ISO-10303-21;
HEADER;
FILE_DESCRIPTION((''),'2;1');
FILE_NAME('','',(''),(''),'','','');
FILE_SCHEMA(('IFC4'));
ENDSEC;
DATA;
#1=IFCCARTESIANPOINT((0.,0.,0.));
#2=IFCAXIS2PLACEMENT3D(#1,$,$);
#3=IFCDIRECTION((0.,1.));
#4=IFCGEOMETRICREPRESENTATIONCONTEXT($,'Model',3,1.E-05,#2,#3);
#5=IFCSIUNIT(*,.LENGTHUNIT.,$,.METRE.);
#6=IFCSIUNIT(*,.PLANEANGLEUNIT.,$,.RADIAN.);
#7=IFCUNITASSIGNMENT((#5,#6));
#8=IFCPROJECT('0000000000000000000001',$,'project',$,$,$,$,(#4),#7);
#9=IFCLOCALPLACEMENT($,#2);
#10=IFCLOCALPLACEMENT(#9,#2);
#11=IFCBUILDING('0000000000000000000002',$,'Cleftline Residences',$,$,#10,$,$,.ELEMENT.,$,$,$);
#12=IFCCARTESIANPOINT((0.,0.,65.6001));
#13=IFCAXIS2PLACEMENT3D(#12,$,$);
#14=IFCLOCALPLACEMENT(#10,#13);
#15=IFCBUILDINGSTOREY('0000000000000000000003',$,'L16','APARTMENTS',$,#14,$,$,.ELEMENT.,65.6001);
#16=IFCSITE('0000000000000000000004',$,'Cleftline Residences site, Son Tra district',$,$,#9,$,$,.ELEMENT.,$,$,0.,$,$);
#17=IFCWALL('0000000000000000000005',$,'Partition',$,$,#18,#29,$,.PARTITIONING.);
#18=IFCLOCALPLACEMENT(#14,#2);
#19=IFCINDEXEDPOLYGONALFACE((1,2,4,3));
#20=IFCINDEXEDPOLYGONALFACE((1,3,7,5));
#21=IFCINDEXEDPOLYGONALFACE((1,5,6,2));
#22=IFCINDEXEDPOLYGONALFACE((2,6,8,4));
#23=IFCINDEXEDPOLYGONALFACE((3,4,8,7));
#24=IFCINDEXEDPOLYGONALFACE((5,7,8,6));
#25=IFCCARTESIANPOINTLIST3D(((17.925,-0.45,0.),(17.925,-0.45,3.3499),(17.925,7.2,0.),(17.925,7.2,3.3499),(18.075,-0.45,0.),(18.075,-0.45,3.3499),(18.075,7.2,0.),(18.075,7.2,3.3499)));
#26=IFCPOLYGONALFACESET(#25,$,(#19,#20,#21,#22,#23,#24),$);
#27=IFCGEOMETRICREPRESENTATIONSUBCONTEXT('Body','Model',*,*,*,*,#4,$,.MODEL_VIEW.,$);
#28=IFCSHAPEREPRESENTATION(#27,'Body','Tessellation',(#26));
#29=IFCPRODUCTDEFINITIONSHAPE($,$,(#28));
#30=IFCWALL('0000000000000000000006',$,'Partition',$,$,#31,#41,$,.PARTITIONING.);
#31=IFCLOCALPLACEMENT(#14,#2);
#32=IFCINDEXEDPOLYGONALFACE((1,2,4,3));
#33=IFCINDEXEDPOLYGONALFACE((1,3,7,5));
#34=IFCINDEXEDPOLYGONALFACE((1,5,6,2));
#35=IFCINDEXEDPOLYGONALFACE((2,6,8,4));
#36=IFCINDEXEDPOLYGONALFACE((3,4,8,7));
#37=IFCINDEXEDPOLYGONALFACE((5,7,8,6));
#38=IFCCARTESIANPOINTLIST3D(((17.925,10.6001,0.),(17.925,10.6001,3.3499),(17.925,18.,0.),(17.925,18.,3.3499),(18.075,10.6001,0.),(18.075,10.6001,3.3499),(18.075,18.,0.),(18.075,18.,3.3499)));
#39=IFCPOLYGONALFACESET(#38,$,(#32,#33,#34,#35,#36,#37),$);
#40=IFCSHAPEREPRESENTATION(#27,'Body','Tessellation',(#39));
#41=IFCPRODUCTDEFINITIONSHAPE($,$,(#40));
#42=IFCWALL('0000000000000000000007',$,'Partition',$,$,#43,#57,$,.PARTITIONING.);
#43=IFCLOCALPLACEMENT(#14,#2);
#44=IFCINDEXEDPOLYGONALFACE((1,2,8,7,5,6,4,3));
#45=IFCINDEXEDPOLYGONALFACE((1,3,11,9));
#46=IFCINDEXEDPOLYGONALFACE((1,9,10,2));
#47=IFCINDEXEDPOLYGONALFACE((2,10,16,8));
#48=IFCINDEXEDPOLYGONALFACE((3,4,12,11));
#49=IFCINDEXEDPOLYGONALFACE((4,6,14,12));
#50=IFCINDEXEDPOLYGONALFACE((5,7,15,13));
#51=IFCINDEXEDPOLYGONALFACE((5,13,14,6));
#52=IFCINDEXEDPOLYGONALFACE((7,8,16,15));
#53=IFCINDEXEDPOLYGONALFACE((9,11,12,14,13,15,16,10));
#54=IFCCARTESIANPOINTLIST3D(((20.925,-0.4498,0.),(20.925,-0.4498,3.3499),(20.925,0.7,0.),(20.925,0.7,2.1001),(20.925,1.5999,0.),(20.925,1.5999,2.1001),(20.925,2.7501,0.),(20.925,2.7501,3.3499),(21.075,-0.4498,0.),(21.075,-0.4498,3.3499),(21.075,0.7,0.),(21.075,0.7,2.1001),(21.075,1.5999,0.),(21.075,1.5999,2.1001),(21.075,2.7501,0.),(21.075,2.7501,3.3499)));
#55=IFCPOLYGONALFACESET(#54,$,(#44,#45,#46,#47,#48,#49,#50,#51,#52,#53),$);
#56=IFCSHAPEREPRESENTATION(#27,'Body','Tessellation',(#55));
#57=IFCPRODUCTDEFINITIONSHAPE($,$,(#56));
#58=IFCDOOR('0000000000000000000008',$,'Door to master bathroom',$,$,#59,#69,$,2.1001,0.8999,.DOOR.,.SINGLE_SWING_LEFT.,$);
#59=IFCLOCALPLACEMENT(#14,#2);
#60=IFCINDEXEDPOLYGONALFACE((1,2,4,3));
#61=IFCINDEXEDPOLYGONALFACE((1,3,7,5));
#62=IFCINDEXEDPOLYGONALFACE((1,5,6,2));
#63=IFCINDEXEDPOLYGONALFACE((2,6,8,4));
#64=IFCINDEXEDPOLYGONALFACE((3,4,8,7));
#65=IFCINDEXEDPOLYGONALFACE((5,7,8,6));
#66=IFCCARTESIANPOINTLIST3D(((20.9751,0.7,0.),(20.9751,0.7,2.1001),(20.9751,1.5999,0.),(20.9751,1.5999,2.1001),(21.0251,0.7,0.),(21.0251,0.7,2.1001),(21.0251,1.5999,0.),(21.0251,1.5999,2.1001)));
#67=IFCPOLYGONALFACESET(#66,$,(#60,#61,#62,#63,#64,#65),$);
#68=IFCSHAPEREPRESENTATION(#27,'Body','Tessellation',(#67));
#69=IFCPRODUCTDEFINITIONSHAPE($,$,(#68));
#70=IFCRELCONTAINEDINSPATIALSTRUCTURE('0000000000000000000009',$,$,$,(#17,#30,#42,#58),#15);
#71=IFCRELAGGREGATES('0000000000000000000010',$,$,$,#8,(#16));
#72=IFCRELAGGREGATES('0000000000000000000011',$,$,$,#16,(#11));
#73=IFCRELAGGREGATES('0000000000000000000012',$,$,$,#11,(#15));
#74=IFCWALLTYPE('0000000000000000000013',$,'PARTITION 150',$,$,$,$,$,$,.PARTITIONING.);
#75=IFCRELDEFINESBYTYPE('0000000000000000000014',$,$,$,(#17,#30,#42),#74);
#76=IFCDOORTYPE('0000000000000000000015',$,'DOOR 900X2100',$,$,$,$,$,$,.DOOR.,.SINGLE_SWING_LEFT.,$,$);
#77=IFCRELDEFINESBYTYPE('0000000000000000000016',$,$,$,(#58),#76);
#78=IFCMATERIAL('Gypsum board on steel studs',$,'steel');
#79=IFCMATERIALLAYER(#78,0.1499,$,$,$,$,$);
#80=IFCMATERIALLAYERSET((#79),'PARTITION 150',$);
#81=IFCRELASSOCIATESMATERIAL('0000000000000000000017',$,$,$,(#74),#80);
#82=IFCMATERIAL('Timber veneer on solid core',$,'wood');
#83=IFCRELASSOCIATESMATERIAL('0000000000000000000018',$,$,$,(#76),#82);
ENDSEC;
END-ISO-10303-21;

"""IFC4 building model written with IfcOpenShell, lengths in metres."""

from ifc_helpers import new_model, si_unit, direction, frame, frame_2d, origin, place, context, subcontext, project, spatial, rectangle, extrude, material, layer, layer_set, type_object, element, fill, save


model = new_model("IFC4")

# Units and contexts
model_context = context("Model", 3, precision=1e-05, world=origin(), true_north=direction((0.0, 1.0)))
body_context = subcontext(model_context, "Body", "Model", "MODEL_VIEW")
ifc_project = project(units=[si_unit("LENGTHUNIT", "METRE"), si_unit("PLANEANGLEUNIT", "RADIAN")], contexts=[model_context])

# Site, building, storey
site_placement = place(None, origin())
site = spatial("IfcSite", under=ifc_project, at=site_placement, Name="Cleftline Residences site, Son Tra district", CompositionType="ELEMENT", RefElevation=0.0)
building_placement = place(site_placement, origin())
building = spatial("IfcBuilding", under=site, at=building_placement, Name="Cleftline Residences", CompositionType="ELEMENT")
storey_placement = place(building_placement, frame((0.0, 0.0, 65.6001)))
storey = spatial("IfcBuildingStorey", under=building, at=storey_placement, Name="L16", Description="APARTMENTS", CompositionType="ELEMENT", Elevation=65.6001)

# Shared definitions
ifc_material_1 = material(Name="Gypsum board on steel studs", Category="steel")
ifc_layer_1 = layer(ifc_material_1, 0.1499)
ifc_layer_set_1 = layer_set([ifc_layer_1], Name="PARTITION 150")
wall_type = type_object("IfcWallType", Name="PARTITION 150", PredefinedType="PARTITIONING", material=ifc_layer_set_1)

# Walls
wall_1_placement = place(storey_placement, frame((18.0, -0.45, 0.0), z_axis=(0.0, 0.0, 1.0), x_axis=(0.0, 1.0, 0.0)))
element("IfcWall", 1, at=wall_1_placement, inside=storey, type_object=wall_type, Name="Partition", PredefinedType="PARTITIONING", context=body_context, shape_type="SweptSolid", body=[
    extrude(rectangle(XDim=7.6499, YDim=0.1499, at=frame_2d((3.825, 0.0))), origin(), (0.0, 0.0, 1.0), 3.3499),
])
wall_2_placement = place(storey_placement, frame((18.0, 10.6001, 0.0), z_axis=(0.0, 0.0, 1.0), x_axis=(0.0, 1.0, 0.0)))
element("IfcWall", 2, at=wall_2_placement, inside=storey, type_object=wall_type, Name="Partition", PredefinedType="PARTITIONING", context=body_context, shape_type="SweptSolid", body=[
    extrude(rectangle(XDim=7.3999, YDim=0.1499, at=frame_2d((3.7, 0.0))), origin(), (0.0, 0.0, 1.0), 3.3499),
])

# Wall, opening, door
wall_3_placement = place(storey_placement, frame((21.0, -0.45, 0.0), z_axis=(0.0, 0.0, 1.0), x_axis=(0.0, 1.0, 0.0)))
wall_3 = element("IfcWall", 3, at=wall_3_placement, inside=storey, type_object=wall_type, Name="Partition", PredefinedType="PARTITIONING", context=body_context, shape_type="SweptSolid", body=[
    extrude(rectangle(XDim=3.2, YDim=0.1499, at=frame_2d((1.6001, 0.0))), origin(), (0.0, 0.0, 1.0), 3.3499),
])
opening_1_placement = place(wall_3_placement, frame((1.1499, 0.0, 0.0)))
opening_1 = element("IfcOpeningElement", 4, at=opening_1_placement, cuts=wall_3, PredefinedType="OPENING", context=body_context, shape_type="SweptSolid", body=[
    extrude(rectangle(XDim=0.8999, YDim=2.1001, at=frame_2d((0.45, 1.05))), frame((0.0, 0.085, 0.0), z_axis=(0.0, -1.0, 0.0), x_axis=(1.0, 0.0, 0.0)), (0.0, 0.0, 1.0), 0.1699),
])
ifc_material_2 = material(Name="Timber veneer on solid core", Category="wood")
door_type_1 = type_object("IfcDoorType", Name="DOOR 900X2100", OperationType="SINGLE_SWING_LEFT", PredefinedType="DOOR", material=ifc_material_2)
door_1_placement = place(opening_1_placement, origin())
door_1 = element("IfcDoor", 5, at=door_1_placement, inside=storey, type_object=door_type_1, Name="Door to master bathroom", OperationType="SINGLE_SWING_LEFT", OverallHeight=2.1001, OverallWidth=0.8999, PredefinedType="DOOR", context=body_context, shape_type="SweptSolid", body=[
    extrude(rectangle(XDim=0.8999, YDim=2.1001, at=frame_2d((0.45, 1.05))), frame((0.0, 0.0249, 0.0), z_axis=(0.0, -1.0, 0.0), x_axis=(1.0, 0.0, 0.0)), (0.0, 0.0, 1.0), 0.05),
])
fill(opening_1, door_1)

save(model, "model.ifc")
